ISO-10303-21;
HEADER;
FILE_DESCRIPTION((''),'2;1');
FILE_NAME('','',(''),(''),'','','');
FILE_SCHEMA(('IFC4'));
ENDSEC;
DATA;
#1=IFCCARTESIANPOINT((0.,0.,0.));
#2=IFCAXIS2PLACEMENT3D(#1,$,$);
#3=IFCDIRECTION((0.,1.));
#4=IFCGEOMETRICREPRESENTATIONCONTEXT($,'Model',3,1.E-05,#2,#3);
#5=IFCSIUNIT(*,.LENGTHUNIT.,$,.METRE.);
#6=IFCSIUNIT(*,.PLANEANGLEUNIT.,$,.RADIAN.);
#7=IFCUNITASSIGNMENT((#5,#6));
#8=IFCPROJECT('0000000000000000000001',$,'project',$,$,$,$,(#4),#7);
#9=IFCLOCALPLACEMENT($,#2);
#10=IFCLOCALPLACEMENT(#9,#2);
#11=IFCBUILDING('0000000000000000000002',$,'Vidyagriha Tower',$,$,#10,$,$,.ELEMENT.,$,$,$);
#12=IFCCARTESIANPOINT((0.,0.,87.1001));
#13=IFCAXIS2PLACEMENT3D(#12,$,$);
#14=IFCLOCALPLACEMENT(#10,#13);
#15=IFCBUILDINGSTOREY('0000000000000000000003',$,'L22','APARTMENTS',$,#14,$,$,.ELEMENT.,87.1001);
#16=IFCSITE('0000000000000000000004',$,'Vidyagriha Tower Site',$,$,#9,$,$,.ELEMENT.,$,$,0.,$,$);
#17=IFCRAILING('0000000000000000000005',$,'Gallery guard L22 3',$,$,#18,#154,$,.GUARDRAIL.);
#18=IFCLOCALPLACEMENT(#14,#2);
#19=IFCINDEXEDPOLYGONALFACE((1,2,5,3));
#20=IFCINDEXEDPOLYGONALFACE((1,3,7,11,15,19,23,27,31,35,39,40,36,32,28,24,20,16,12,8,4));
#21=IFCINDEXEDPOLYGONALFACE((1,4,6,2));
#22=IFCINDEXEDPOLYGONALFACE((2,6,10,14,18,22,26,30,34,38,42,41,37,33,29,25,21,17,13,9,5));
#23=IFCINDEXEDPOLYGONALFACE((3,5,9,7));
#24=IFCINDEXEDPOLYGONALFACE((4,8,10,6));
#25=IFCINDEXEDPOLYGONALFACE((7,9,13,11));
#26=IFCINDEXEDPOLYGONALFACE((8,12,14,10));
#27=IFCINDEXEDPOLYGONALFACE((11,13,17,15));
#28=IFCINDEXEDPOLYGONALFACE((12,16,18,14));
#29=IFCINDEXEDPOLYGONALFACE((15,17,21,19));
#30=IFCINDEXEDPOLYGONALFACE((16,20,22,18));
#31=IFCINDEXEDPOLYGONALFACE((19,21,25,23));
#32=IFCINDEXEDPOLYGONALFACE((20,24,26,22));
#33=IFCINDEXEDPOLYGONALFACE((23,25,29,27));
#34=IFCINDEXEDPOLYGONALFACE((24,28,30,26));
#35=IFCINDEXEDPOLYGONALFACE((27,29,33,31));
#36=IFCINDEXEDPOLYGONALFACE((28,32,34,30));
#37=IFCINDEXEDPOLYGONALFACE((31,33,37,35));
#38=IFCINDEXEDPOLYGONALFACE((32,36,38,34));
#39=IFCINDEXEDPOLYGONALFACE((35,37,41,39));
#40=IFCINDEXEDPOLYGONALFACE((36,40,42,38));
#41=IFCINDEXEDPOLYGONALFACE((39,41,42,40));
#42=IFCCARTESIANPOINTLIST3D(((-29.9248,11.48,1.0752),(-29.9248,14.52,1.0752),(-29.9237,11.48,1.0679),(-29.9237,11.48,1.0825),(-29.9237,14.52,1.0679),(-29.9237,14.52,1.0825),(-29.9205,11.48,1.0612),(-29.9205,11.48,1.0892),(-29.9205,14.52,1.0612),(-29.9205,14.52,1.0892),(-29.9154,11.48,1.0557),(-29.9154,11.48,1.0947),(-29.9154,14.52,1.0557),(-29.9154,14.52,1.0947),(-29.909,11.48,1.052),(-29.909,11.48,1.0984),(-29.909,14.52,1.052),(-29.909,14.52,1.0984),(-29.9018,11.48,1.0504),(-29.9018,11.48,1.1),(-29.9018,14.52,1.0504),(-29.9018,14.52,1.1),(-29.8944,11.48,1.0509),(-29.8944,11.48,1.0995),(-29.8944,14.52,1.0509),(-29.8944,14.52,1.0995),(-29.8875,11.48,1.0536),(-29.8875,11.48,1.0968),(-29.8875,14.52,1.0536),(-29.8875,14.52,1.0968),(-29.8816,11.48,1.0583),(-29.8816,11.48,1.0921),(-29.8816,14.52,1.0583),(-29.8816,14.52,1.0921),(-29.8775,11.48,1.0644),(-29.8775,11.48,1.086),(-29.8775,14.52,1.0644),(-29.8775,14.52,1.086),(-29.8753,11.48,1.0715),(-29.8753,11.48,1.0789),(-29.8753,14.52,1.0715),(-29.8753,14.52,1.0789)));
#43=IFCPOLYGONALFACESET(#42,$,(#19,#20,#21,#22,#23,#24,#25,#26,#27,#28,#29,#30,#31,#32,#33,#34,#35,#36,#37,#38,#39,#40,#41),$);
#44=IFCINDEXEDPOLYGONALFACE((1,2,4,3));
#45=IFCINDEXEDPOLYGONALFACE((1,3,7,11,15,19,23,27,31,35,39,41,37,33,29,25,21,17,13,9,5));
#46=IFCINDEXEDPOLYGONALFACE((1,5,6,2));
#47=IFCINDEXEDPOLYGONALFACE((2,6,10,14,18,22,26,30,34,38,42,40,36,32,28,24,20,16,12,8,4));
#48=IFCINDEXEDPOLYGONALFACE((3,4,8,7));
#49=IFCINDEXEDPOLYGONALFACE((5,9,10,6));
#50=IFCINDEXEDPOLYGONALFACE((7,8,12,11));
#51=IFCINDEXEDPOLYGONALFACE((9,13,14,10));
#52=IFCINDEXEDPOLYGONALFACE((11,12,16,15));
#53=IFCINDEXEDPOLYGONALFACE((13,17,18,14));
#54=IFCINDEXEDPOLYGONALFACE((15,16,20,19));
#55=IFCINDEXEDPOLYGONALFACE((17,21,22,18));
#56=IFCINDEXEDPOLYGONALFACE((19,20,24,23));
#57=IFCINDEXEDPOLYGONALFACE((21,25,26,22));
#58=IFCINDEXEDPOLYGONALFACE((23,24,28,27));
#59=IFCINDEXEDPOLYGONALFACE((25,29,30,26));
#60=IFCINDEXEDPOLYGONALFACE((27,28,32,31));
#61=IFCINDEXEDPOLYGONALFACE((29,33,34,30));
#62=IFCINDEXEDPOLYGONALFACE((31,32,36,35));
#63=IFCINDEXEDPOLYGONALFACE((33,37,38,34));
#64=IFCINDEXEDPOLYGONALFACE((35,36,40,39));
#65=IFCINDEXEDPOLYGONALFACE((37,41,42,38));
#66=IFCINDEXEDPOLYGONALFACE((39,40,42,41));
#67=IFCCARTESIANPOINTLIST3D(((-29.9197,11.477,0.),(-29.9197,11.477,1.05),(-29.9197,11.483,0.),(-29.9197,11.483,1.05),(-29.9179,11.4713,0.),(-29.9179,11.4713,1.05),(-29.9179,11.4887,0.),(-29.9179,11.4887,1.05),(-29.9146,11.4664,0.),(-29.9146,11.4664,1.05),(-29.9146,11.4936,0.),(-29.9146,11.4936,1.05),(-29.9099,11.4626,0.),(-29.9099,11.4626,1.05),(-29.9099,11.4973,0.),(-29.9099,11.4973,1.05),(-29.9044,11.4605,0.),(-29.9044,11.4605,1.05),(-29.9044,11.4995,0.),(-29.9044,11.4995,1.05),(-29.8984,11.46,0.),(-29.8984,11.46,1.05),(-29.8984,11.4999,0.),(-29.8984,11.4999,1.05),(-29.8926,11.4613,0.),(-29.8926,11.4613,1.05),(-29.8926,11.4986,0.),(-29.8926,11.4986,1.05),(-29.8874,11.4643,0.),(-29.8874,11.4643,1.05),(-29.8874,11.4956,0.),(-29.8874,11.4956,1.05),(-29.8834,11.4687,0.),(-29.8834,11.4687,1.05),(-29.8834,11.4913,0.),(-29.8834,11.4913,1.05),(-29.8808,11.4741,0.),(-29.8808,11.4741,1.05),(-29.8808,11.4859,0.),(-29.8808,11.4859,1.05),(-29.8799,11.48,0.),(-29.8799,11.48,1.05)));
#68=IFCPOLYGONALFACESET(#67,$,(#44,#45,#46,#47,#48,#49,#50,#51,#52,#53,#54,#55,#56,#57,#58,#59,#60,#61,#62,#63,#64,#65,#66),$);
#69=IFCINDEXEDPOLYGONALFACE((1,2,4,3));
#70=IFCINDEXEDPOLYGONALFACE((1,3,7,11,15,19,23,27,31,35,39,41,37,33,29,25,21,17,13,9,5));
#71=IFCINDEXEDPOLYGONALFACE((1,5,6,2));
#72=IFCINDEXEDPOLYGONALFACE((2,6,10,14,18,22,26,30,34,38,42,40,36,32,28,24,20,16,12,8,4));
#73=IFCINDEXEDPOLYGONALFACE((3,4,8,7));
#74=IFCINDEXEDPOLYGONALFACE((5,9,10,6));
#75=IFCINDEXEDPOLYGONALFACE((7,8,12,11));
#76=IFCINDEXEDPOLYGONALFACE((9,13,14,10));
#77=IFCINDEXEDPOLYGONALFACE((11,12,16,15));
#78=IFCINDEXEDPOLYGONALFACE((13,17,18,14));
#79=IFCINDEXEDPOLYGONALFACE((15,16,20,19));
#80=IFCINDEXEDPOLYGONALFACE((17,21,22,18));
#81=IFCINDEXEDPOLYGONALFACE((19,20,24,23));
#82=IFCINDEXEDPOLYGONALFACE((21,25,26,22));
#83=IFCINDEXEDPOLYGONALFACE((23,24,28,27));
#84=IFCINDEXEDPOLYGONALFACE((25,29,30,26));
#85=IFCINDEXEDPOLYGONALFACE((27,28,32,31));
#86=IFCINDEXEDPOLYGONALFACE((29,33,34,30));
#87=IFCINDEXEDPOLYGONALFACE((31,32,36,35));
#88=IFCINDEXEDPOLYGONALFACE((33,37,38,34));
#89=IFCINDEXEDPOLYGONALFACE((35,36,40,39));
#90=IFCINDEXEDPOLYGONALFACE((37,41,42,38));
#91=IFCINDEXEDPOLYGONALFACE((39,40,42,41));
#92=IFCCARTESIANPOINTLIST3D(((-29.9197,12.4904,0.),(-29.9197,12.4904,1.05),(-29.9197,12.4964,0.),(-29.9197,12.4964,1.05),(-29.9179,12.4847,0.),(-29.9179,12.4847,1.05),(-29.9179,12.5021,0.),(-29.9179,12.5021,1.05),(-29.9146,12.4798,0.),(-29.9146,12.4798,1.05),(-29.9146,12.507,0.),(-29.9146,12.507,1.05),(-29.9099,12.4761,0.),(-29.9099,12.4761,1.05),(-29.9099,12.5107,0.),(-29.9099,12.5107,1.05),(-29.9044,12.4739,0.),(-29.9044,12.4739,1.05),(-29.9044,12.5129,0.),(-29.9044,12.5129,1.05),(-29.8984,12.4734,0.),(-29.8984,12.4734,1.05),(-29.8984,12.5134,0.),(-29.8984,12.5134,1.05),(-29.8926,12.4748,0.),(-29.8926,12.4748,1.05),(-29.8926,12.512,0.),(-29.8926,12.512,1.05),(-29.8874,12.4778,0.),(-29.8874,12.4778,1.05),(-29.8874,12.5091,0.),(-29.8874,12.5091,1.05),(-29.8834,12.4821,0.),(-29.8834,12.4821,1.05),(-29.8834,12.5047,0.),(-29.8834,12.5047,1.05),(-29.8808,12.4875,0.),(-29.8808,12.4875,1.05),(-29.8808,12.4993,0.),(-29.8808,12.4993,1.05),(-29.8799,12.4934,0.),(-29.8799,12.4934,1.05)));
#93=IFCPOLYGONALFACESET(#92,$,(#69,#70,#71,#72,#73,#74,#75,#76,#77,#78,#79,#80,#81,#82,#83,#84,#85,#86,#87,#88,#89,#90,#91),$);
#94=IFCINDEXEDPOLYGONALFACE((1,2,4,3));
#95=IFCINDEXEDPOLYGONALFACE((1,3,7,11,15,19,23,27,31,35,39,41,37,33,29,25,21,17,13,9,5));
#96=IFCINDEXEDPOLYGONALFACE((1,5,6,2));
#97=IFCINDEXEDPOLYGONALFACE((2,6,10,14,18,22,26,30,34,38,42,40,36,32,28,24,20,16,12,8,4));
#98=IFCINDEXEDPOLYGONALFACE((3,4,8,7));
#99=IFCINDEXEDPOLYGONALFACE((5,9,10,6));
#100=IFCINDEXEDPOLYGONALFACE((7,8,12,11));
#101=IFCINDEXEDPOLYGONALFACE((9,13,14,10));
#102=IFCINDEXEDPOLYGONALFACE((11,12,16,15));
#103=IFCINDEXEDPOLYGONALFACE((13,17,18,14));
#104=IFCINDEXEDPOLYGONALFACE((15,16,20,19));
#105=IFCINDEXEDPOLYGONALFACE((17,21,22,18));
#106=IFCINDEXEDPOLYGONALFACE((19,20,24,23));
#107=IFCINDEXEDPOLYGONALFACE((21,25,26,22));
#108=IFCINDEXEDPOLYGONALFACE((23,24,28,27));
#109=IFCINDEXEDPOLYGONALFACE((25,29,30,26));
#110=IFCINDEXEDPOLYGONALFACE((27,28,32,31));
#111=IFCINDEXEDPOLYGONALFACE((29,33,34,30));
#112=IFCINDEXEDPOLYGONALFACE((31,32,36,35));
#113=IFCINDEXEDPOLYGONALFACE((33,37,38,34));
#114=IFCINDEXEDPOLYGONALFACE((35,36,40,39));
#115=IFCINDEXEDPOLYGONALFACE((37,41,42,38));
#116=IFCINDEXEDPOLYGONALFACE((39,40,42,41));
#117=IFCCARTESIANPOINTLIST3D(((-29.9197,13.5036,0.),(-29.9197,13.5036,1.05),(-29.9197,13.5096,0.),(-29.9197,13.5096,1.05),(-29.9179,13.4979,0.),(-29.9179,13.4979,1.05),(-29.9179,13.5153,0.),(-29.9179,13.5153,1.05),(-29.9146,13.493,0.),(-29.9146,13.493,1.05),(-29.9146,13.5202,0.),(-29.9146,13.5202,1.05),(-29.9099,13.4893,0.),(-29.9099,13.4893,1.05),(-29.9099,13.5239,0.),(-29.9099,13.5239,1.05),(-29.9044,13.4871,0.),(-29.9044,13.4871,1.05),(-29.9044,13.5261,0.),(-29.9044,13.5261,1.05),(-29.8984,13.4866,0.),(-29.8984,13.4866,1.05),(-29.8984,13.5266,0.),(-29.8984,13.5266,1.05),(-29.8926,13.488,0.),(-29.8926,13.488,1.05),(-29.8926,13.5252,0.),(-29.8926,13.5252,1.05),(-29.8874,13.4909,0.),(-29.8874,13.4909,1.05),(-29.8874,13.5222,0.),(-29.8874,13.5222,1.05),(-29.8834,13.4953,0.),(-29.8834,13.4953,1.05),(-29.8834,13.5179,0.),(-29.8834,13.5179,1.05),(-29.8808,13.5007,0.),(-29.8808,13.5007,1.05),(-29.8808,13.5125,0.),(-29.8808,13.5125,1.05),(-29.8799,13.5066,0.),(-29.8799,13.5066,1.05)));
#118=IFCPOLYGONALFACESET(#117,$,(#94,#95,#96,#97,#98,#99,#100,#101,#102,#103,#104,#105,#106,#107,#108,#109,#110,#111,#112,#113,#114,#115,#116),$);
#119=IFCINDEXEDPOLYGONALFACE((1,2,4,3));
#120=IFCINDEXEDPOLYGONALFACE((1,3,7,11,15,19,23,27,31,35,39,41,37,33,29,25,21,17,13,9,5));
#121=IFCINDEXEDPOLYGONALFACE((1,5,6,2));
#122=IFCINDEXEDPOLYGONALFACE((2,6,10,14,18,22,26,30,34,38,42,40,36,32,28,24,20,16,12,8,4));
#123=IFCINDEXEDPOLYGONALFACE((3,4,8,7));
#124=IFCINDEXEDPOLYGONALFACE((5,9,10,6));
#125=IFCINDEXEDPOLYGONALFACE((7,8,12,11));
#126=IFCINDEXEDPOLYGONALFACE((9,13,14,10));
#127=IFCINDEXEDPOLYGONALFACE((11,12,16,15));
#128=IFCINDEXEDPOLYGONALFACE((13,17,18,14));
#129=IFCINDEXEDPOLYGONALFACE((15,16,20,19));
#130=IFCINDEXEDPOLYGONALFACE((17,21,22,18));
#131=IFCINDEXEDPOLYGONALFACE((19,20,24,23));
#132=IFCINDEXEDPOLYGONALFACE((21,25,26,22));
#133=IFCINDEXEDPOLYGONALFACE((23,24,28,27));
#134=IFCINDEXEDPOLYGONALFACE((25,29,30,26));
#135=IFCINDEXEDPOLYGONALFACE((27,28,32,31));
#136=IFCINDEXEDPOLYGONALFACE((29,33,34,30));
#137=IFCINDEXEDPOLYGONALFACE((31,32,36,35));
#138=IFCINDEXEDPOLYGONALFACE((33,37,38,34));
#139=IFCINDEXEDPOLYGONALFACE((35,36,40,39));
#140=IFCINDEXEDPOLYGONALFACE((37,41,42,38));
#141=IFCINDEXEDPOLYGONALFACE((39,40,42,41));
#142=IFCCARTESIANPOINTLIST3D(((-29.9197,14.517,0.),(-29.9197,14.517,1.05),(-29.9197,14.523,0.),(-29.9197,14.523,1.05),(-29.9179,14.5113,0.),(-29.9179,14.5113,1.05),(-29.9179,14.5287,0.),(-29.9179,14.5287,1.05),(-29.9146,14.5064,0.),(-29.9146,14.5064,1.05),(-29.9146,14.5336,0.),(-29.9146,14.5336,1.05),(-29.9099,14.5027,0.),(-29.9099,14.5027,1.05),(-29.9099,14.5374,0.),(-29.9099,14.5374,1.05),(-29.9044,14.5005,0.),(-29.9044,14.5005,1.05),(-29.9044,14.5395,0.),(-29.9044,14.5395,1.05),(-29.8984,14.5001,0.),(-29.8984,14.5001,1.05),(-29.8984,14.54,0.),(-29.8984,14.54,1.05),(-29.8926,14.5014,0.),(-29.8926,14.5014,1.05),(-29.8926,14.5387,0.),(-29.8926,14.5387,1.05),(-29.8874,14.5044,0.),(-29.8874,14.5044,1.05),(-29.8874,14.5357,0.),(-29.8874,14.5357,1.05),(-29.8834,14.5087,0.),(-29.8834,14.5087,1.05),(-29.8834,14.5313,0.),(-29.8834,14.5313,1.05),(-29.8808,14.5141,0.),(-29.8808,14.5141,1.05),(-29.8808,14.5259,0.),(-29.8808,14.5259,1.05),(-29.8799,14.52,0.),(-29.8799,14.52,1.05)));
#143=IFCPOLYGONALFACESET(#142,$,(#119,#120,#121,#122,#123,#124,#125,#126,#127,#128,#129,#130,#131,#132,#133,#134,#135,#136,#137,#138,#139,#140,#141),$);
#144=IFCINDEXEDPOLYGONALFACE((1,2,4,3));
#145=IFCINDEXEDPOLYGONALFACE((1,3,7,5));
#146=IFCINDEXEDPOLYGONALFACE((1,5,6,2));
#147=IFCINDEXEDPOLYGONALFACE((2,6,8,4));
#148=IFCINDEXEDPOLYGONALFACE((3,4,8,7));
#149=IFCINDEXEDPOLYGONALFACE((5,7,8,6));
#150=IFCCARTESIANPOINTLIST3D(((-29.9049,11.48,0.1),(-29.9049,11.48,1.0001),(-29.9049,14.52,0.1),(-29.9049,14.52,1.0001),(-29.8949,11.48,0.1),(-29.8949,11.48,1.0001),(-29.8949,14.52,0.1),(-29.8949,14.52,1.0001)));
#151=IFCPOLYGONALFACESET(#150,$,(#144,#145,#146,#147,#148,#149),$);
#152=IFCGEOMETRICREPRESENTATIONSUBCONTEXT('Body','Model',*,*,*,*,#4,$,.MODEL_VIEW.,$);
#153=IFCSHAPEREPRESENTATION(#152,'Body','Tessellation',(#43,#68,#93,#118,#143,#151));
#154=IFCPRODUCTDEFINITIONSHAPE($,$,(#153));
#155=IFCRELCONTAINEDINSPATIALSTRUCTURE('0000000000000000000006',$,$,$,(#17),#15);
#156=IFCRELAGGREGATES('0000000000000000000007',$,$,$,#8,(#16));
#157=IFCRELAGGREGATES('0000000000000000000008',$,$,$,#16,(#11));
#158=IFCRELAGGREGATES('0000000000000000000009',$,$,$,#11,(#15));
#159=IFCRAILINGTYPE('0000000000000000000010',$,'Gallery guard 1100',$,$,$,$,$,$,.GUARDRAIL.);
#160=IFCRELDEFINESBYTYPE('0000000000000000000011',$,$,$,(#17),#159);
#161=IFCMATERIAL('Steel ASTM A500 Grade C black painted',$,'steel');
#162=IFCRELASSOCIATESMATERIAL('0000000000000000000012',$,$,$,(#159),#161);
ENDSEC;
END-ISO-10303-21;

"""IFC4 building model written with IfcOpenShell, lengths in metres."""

from ifc_helpers import new_model, si_unit, direction, frame, origin, origin_2d, place, context, subcontext, project, spatial, rectangle, circle, extrude, material, type_object, element, save


model = new_model("IFC4")

# Units and contexts
model_context = context("Model", 3, precision=1e-05, world=origin(), true_north=direction((0.0, 1.0)))
body_context = subcontext(model_context, "Body", "Model", "MODEL_VIEW")
ifc_project = project(units=[si_unit("LENGTHUNIT", "METRE"), si_unit("PLANEANGLEUNIT", "RADIAN")], contexts=[model_context])

# Site, building, storey
site_placement = place(None, origin())
site = spatial("IfcSite", under=ifc_project, at=site_placement, Name="Vidyagriha Tower Site", CompositionType="ELEMENT", RefElevation=0.0)
building_placement = place(site_placement, origin())
building = spatial("IfcBuilding", under=site, at=building_placement, Name="Vidyagriha Tower", CompositionType="ELEMENT")
storey_placement = place(building_placement, frame((0.0, 0.0, 87.1001)))
storey = spatial("IfcBuildingStorey", under=building, at=storey_placement, Name="L22", Description="APARTMENTS", CompositionType="ELEMENT", Elevation=87.1001)

# Railing
ifc_material_1 = material(Name="Steel ASTM A500 Grade C black painted", Category="steel")
railing_type_1 = type_object("IfcRailingType", Name="Gallery guard 1100", PredefinedType="GUARDRAIL", material=ifc_material_1)
railing_1_placement = place(storey_placement, frame((-29.8999, 11.48, 0.0)))
element("IfcRailing", 1, at=railing_1_placement, inside=storey, type_object=railing_type_1, Name="Gallery guard L22 3", PredefinedType="GUARDRAIL", context=body_context, shape_type="SweptSolid", body=[
    extrude(circle(Radius=0.0249, at=origin_2d()), frame((0.0, 0.0, 1.0752), z_axis=(0.0, 1.0, 0.0), x_axis=(-1.0, 0.0, 0.0)), (0.0, 0.0, 1.0), 3.04),
    extrude(circle(Radius=0.02, at=origin_2d()), origin(), (0.0, 0.0, 1.0), 1.05),
    extrude(circle(Radius=0.02, at=origin_2d()), frame((0.0, 1.0134, 0.0)), (0.0, 0.0, 1.0), 1.05),
    extrude(circle(Radius=0.02, at=origin_2d()), frame((0.0, 2.0266, 0.0)), (0.0, 0.0, 1.0), 1.05),
    extrude(circle(Radius=0.02, at=origin_2d()), frame((0.0, 3.04, 0.0)), (0.0, 0.0, 1.0), 1.05),
    extrude(rectangle(XDim=0.01, YDim=0.9001, at=origin_2d()), frame((0.0, 0.0, 0.55), z_axis=(0.0, 1.0, 0.0), x_axis=(-1.0, 0.0, 0.0)), (0.0, 0.0, 1.0), 3.04),
])

save(model, "model.ifc")
